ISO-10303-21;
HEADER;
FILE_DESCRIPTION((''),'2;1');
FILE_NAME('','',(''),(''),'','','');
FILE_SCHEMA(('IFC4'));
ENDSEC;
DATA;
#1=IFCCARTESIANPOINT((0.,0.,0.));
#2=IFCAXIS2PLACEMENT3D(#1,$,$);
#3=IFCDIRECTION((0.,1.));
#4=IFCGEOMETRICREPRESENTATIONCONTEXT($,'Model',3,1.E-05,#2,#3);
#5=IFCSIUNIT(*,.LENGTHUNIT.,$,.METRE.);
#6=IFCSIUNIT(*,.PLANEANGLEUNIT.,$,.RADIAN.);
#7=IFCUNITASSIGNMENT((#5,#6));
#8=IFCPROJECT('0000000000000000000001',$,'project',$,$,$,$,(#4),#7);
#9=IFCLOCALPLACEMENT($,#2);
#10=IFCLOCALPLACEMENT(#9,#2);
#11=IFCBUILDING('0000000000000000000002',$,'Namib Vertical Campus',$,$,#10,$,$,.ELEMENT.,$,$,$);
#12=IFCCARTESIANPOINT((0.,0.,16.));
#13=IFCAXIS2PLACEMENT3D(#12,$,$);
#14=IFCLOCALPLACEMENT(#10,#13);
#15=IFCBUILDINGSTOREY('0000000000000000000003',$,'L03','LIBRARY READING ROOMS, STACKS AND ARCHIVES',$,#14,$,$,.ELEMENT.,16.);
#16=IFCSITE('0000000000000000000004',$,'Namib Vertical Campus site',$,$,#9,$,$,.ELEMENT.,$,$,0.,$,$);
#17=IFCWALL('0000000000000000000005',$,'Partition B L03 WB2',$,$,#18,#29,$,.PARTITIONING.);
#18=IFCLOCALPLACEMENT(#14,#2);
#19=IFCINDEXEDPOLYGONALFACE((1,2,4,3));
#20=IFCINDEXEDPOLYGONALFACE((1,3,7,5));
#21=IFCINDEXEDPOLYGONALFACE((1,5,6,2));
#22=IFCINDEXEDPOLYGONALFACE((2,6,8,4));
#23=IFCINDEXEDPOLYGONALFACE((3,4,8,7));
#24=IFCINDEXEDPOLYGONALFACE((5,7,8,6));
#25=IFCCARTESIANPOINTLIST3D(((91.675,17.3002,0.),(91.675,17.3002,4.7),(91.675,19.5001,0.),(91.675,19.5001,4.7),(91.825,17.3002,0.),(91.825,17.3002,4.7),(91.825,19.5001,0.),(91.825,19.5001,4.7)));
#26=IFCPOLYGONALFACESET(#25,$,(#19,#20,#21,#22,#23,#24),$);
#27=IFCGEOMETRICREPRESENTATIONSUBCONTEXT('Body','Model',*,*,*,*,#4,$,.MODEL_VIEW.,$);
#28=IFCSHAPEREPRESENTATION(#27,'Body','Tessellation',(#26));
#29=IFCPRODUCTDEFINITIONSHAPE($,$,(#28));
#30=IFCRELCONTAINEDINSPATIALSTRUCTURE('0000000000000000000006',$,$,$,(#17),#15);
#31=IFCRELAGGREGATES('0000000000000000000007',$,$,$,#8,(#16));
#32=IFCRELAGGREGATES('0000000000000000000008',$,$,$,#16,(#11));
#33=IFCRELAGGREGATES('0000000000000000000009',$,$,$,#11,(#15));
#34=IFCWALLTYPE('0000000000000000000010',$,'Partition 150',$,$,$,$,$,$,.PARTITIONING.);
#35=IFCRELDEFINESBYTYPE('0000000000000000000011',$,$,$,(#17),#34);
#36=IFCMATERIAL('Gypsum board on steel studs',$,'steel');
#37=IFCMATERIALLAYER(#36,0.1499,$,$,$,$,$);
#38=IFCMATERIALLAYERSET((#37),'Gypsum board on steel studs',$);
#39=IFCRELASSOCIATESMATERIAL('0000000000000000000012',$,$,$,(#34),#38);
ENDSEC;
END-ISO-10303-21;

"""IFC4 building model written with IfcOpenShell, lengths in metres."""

from ifc_helpers import new_model, si_unit, direction, frame, frame_2d, origin, place, context, subcontext, project, spatial, rectangle, extrude, material, layer, layer_set, type_object, element, save


model = new_model("IFC4")

# Units and contexts
model_context = context("Model", 3, precision=1e-05, world=origin(), true_north=direction((0.0, 1.0)))
body_context = subcontext(model_context, "Body", "Model", "MODEL_VIEW")
ifc_project = project(units=[si_unit("LENGTHUNIT", "METRE"), si_unit("PLANEANGLEUNIT", "RADIAN")], contexts=[model_context])

# Site, building, storey
site_placement = place(None, origin())
site = spatial("IfcSite", under=ifc_project, at=site_placement, Name="Namib Vertical Campus site", CompositionType="ELEMENT", RefElevation=0.0)
building_placement = place(site_placement, origin())
building = spatial("IfcBuilding", under=site, at=building_placement, Name="Namib Vertical Campus", CompositionType="ELEMENT")
storey_placement = place(building_placement, frame((0.0, 0.0, 16.0)))
storey = spatial("IfcBuildingStorey", under=building, at=storey_placement, Name="L03", Description="LIBRARY READING ROOMS, STACKS AND ARCHIVES", CompositionType="ELEMENT", Elevation=16.0)

# Wall
ifc_material_1 = material(Name="Gypsum board on steel studs", Category="steel")
ifc_layer_1 = layer(ifc_material_1, 0.1499)
ifc_layer_set_1 = layer_set([ifc_layer_1], Name="Gypsum board on steel studs")
wall_type_1 = type_object("IfcWallType", Name="Partition 150", PredefinedType="PARTITIONING", material=ifc_layer_set_1)
wall_1_placement = place(storey_placement, frame((91.75, 17.3, 0.0), z_axis=(0.0, 0.0, 1.0), x_axis=(0.0, 1.0, 0.0)))
element("IfcWall", 1, at=wall_1_placement, inside=storey, type_object=wall_type_1, Name="Partition B L03 WB2", PredefinedType="PARTITIONING", context=body_context, shape_type="SweptSolid", body=[
    extrude(rectangle(XDim=2.2, YDim=0.1499, at=frame_2d((1.1001, 0.0))), origin(), (0.0, 0.0, 1.0), 4.7),
])

save(model, "model.ifc")
